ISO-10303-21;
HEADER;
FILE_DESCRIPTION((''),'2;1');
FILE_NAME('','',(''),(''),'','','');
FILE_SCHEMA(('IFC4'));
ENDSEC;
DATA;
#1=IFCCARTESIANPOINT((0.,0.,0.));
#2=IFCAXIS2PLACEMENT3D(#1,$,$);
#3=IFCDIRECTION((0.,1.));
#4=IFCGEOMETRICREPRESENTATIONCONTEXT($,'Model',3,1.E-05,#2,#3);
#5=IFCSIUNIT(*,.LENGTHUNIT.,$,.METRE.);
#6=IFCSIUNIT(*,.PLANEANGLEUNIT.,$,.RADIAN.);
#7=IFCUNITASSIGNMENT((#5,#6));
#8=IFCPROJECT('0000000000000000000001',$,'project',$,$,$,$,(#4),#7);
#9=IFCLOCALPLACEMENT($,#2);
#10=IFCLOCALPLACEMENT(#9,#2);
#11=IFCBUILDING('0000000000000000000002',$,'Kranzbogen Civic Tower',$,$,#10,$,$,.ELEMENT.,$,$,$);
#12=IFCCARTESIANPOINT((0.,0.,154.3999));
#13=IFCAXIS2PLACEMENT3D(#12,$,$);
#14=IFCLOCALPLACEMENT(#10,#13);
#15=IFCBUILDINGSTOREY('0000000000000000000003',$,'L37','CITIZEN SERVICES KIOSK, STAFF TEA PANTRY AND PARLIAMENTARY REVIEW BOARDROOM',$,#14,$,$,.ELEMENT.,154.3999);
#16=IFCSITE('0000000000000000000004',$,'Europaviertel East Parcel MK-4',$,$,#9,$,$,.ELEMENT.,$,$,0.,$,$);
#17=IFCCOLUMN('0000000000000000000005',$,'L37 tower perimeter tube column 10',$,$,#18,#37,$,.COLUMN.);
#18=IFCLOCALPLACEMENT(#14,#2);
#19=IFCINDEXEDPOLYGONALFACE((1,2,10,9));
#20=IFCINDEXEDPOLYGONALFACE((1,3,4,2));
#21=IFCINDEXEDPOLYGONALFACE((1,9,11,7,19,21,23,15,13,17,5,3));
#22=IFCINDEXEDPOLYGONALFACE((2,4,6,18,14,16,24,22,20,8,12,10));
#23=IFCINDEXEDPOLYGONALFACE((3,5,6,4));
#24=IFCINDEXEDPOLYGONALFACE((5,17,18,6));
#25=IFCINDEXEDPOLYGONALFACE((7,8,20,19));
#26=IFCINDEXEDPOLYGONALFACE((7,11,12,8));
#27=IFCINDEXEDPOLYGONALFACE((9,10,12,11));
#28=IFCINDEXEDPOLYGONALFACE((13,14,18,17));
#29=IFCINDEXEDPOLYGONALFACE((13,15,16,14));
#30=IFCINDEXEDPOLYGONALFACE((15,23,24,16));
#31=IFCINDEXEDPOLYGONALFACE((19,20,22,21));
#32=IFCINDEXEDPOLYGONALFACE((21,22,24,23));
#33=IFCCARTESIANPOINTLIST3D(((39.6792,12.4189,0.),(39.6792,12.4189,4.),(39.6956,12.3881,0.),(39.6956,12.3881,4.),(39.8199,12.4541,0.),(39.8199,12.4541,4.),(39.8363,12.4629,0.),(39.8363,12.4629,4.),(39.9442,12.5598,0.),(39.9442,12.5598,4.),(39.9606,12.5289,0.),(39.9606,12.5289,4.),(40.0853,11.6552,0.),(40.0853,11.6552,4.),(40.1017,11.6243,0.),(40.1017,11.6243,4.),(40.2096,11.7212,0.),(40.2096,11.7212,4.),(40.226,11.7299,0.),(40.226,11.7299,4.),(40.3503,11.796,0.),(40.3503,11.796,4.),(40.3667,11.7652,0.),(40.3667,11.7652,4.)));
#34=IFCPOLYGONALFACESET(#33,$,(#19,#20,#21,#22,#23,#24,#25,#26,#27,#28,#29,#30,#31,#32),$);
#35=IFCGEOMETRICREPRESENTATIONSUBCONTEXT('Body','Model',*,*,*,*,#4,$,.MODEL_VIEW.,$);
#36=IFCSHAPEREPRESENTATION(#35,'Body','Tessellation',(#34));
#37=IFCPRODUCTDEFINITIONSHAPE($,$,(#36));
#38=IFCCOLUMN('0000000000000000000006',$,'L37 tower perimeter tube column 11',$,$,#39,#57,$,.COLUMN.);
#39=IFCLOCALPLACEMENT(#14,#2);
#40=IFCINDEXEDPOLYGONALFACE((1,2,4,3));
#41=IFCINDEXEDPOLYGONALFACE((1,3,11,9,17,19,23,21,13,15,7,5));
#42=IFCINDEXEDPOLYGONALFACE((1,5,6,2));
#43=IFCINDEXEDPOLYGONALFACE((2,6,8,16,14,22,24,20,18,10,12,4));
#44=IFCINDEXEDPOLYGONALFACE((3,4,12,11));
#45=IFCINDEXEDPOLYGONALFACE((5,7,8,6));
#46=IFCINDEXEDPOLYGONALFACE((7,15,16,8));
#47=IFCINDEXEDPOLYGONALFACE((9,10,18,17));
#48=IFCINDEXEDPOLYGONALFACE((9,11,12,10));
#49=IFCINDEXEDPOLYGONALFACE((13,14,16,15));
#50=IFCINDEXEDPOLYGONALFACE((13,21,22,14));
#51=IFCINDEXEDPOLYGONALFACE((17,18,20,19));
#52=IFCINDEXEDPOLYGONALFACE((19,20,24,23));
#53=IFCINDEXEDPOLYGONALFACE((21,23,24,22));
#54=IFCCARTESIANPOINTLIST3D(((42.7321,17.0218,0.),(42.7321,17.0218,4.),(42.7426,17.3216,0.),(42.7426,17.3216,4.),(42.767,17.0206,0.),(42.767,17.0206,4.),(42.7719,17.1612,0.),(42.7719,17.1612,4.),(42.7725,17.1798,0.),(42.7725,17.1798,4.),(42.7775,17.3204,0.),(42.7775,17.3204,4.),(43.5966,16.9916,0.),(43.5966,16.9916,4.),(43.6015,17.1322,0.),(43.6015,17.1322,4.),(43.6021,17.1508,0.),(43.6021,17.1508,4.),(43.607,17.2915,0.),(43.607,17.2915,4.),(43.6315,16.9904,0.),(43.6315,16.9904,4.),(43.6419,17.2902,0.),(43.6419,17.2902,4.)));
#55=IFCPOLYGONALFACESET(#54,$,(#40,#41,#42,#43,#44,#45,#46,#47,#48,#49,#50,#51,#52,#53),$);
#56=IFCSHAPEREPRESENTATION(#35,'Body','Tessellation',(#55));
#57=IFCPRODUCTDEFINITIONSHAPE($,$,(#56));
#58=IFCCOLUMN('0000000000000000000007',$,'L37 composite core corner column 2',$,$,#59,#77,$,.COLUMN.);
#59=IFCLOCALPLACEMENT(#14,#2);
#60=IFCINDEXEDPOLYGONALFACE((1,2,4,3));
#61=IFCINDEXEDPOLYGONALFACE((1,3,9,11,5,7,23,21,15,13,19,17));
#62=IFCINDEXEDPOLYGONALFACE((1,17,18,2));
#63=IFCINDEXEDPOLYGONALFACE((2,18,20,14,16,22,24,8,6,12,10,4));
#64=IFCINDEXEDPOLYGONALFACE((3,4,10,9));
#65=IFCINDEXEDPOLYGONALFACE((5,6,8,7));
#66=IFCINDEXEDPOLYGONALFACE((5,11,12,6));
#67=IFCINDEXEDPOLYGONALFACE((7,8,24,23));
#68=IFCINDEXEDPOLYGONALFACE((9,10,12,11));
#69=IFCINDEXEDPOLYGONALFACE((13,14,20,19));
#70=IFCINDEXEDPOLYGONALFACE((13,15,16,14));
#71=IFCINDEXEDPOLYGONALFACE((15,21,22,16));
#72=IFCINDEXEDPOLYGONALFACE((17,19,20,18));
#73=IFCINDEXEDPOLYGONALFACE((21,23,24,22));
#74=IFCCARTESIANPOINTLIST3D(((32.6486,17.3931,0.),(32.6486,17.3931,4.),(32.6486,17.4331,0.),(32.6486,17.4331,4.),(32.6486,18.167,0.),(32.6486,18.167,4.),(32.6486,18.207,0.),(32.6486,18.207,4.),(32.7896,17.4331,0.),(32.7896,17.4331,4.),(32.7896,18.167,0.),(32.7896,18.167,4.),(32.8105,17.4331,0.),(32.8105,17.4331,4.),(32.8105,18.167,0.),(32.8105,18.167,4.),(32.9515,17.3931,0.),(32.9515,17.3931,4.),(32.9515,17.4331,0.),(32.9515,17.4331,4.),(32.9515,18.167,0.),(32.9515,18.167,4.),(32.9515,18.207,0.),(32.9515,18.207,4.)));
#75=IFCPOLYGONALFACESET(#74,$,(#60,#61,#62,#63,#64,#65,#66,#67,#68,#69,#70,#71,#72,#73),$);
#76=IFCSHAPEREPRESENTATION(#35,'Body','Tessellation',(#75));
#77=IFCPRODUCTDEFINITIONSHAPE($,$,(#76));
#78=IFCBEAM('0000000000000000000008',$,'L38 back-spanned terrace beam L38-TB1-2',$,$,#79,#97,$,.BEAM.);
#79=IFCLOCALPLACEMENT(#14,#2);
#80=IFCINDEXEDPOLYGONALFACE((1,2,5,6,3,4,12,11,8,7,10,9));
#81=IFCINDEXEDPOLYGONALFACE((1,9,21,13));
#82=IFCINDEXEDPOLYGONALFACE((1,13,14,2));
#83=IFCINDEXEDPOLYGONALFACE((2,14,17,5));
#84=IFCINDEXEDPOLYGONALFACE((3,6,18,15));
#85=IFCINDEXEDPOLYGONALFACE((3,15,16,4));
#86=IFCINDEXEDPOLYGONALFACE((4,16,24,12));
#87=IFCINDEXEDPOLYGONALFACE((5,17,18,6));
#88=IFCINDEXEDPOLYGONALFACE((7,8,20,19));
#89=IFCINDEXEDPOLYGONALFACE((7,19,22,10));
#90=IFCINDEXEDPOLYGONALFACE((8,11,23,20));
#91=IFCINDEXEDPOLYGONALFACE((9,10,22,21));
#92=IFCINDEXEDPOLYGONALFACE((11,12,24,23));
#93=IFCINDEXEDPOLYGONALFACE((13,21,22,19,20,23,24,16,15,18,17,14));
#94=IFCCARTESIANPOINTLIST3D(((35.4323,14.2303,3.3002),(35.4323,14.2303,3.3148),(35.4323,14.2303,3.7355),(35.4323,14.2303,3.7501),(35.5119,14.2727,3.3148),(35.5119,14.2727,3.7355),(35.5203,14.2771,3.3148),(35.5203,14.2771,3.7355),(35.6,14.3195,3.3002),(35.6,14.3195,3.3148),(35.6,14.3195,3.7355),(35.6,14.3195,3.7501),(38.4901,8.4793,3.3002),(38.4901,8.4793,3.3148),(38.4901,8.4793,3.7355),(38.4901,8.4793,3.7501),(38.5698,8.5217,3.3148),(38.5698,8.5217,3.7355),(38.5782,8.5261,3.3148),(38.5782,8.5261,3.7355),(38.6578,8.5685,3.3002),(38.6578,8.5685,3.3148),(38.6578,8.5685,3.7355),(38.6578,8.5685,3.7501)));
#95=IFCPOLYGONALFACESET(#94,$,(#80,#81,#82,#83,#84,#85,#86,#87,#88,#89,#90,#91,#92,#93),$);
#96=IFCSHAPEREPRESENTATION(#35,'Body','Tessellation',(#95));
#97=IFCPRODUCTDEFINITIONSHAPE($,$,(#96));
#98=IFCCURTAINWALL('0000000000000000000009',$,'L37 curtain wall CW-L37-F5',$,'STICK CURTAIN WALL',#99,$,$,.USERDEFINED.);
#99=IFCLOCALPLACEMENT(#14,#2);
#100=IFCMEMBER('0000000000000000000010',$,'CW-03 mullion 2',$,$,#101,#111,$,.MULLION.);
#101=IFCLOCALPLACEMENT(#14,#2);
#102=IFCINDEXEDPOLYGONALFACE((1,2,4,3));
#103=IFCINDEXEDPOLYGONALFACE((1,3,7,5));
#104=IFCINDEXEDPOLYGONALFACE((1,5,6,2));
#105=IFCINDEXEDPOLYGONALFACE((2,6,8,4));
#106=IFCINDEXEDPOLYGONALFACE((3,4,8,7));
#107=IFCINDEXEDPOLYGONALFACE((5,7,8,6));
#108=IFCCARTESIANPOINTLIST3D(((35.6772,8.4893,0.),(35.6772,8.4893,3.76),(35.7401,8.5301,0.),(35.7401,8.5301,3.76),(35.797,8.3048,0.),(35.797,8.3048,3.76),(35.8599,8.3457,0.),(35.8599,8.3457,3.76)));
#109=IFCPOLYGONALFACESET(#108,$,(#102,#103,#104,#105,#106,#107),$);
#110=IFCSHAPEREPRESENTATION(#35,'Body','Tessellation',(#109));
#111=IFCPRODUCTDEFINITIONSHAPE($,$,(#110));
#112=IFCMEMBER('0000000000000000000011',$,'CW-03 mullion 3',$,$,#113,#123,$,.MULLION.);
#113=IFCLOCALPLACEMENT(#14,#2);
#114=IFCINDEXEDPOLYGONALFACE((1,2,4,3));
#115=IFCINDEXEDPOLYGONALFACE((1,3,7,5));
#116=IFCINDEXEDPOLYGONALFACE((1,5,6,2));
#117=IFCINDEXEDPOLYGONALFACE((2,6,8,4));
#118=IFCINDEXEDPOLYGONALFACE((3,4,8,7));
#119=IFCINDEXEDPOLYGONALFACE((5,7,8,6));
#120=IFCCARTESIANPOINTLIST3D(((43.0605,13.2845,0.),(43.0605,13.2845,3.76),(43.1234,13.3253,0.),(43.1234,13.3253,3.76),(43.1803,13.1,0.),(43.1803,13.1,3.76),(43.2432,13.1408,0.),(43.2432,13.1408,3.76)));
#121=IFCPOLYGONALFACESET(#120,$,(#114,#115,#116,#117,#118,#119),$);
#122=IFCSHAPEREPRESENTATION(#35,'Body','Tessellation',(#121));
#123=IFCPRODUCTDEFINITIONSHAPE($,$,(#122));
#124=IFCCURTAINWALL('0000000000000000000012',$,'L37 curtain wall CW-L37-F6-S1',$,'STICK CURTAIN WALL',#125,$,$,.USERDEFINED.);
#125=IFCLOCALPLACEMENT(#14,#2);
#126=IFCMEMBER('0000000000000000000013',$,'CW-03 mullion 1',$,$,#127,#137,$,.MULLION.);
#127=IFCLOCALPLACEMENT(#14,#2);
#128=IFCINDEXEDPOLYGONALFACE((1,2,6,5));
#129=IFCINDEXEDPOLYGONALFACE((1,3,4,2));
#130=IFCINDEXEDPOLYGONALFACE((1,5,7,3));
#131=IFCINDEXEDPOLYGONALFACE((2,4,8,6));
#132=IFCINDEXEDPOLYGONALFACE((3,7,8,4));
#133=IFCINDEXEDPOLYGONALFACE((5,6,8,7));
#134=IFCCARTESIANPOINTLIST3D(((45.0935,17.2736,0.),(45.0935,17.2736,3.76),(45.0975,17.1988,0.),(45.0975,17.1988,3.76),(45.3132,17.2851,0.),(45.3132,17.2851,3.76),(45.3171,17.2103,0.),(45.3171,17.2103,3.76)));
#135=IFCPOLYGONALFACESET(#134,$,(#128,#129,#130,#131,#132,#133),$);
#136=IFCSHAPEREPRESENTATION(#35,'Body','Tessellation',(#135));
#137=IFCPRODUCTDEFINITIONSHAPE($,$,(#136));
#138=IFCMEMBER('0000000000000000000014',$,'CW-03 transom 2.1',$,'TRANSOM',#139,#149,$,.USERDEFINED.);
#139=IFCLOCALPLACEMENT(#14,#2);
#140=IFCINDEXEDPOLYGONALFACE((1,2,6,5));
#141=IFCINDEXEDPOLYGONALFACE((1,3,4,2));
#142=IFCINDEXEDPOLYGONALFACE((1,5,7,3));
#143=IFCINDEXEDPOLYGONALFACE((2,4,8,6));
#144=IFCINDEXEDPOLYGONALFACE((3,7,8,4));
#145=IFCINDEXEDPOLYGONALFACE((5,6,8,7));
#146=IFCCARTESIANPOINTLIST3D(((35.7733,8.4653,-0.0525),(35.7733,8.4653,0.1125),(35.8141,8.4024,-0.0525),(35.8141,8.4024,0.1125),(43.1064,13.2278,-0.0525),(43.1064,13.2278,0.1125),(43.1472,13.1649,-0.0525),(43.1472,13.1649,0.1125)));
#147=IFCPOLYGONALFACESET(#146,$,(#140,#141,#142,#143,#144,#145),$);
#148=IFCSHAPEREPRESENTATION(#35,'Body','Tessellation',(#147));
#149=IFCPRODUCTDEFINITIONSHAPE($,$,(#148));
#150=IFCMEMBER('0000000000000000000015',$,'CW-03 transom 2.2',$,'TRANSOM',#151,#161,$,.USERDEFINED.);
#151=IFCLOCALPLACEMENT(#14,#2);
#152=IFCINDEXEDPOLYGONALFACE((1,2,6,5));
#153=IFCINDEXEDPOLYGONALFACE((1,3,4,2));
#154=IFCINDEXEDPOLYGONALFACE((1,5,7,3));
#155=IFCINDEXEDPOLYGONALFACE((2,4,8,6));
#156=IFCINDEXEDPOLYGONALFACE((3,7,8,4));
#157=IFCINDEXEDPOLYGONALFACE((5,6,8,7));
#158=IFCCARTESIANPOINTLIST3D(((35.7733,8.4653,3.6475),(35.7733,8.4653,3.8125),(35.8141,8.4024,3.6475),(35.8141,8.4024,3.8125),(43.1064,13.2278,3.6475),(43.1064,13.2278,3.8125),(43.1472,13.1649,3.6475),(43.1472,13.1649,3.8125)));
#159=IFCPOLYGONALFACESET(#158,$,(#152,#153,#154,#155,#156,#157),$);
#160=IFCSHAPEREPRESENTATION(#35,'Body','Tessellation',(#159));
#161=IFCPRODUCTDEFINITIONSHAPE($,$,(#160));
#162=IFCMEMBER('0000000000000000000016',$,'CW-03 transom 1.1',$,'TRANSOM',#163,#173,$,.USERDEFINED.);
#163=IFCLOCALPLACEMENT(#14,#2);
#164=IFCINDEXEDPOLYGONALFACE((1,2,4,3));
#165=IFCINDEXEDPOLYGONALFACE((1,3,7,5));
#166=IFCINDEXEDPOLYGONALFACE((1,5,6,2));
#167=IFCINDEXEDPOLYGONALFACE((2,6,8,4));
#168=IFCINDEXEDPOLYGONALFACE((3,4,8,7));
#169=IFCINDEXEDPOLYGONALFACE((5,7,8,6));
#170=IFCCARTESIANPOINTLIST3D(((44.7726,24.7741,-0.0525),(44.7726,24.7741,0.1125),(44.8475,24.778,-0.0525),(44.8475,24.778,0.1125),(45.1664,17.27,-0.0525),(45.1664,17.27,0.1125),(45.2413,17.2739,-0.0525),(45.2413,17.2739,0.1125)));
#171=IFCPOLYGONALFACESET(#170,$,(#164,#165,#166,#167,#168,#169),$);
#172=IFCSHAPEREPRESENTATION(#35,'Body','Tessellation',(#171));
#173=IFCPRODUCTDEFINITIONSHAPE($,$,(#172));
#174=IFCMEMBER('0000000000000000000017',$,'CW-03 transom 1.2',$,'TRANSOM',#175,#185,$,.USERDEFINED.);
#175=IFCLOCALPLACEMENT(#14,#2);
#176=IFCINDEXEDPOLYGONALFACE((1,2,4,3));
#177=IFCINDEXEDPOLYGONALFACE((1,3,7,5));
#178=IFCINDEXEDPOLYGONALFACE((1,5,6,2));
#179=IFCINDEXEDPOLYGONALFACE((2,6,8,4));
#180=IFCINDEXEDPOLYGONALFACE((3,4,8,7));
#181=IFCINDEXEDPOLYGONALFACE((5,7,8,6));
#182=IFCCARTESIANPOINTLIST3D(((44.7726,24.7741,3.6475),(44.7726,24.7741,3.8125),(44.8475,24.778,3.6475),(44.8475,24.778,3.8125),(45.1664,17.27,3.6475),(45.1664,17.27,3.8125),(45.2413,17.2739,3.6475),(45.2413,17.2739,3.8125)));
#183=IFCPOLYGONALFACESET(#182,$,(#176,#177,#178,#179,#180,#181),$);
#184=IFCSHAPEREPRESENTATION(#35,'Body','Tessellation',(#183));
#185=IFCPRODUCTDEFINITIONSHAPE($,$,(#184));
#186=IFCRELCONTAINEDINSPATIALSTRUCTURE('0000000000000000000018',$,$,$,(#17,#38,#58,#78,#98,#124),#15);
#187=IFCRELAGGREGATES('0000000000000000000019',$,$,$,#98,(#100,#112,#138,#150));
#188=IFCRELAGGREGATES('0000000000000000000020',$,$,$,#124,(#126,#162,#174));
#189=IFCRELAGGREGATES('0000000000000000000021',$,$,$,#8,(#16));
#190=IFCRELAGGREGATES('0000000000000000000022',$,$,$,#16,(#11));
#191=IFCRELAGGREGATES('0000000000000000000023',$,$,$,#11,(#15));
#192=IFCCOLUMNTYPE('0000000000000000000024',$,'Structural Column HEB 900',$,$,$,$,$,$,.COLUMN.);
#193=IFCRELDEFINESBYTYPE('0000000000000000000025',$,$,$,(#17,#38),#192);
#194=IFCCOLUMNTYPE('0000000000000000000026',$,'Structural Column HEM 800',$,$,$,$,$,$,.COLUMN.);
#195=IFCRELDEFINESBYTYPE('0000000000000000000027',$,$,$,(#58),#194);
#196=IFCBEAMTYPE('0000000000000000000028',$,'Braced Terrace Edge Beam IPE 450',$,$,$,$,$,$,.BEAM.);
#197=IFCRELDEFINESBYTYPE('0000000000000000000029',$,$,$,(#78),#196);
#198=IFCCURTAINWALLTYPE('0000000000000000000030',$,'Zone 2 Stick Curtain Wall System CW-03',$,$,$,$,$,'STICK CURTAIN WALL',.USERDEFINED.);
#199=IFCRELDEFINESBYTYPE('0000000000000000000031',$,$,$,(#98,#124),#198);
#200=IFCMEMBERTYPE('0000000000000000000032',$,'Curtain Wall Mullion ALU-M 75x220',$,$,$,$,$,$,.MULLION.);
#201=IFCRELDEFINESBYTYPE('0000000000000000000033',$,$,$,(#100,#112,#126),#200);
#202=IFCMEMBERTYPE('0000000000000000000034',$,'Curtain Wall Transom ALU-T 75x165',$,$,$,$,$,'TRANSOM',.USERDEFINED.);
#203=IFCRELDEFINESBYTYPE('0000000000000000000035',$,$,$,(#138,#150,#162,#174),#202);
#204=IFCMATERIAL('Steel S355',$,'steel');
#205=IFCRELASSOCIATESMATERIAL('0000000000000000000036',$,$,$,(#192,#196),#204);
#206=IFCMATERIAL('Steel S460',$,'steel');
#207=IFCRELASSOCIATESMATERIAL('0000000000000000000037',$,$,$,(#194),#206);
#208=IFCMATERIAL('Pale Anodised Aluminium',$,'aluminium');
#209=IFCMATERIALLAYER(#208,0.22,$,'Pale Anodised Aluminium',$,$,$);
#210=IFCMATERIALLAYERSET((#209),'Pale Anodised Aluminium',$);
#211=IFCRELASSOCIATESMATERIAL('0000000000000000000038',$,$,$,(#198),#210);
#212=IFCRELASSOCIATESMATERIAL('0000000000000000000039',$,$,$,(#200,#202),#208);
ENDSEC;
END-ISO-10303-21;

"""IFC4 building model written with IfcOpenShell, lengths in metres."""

from ifc_helpers import new_model, si_unit, direction, frame, origin, origin_2d, place, context, subcontext, project, spatial, rectangle, i_section, extrude, material, layer, layer_set, material_profile, profile_set, type_object, element, aggregate, save


model = new_model("IFC4")

# Units and contexts
model_context = context("Model", 3, precision=1e-05, world=origin(), true_north=direction((0.0, 1.0)))
body_context = subcontext(model_context, "Body", "Model", "MODEL_VIEW")
ifc_project = project(units=[si_unit("LENGTHUNIT", "METRE"), si_unit("PLANEANGLEUNIT", "RADIAN")], contexts=[model_context])

# Site, building, storey
site_placement = place(None, origin())
site = spatial("IfcSite", under=ifc_project, at=site_placement, Name="Europaviertel East Parcel MK-4", CompositionType="ELEMENT", RefElevation=0.0)
building_placement = place(site_placement, origin())
building = spatial("IfcBuilding", under=site, at=building_placement, Name="Kranzbogen Civic Tower", CompositionType="ELEMENT")
storey_placement = place(building_placement, frame((0.0, 0.0, 154.3999)))
storey = spatial("IfcBuildingStorey", under=building, at=storey_placement, Name="L37", Description="CITIZEN SERVICES KIOSK, STAFF TEA PANTRY AND PARLIAMENTARY REVIEW BOARDROOM", CompositionType="ELEMENT", Elevation=154.3999)

# Columns
ifc_material_1 = material(Name="Steel S355", Category="steel")
ifc_material_profile_1 = material_profile(ifc_material_1, i_section(OverallWidth=0.3, OverallDepth=0.8999, WebThickness=0.0186, FlangeThickness=0.0349, at=origin_2d()), Name="HEB 900")
ifc_profile_set_1 = profile_set([ifc_material_profile_1], Name="Steel S355")
column_type_1 = type_object("IfcColumnType", Name="Structural Column HEB 900", PredefinedType="COLUMN", material=ifc_profile_set_1)
for number, where, z_axis, x_axis, name in (
    (1, (40.0229, 12.092, 0.0), (0.0, 0.0, 1.0), (0.882948, 0.469472, 0.0), "L37 tower perimeter tube column 10"),
    (2, (43.187, 17.156, 0.0), (0.0, 0.0, 1.0), (0.034899, 0.999391, 0.0), "L37 tower perimeter tube column 11"),
):
    element("IfcColumn", number, at=place(storey_placement, frame(where, z_axis=z_axis, x_axis=x_axis)), inside=storey, type_object=column_type_1, Name=name, PredefinedType="COLUMN", context=body_context, shape_type="SweptSolid", body=[
        extrude(i_section(OverallWidth=0.3, OverallDepth=0.8999, WebThickness=0.0186, FlangeThickness=0.0349, at=origin_2d()), origin(), (0.0, 0.0, 1.0), 4.0),
    ])
ifc_material_2 = material(Name="Steel S460", Category="steel")
ifc_material_profile_2 = material_profile(ifc_material_2, i_section(OverallWidth=0.303, OverallDepth=0.814, WebThickness=0.021, FlangeThickness=0.04, at=origin_2d()), Name="HEM 800")
ifc_profile_set_2 = profile_set([ifc_material_profile_2], Name="Steel S460")
column_type_2 = type_object("IfcColumnType", Name="Structural Column HEM 800", PredefinedType="COLUMN", material=ifc_profile_set_2)
column_placement = place(storey_placement, frame((32.8, 17.8, 0.0), z_axis=(0.0, 0.0, 1.0), x_axis=(1.0, 0.0, 0.0)))
element("IfcColumn", 3, at=column_placement, inside=storey, type_object=column_type_2, Name="L37 composite core corner column 2", PredefinedType="COLUMN", context=body_context, shape_type="SweptSolid", body=[
    extrude(i_section(OverallWidth=0.303, OverallDepth=0.814, WebThickness=0.021, FlangeThickness=0.04, at=origin_2d()), origin(), (0.0, 0.0, 1.0), 4.0),
])

# Beam
ifc_material_profile_3 = material_profile(ifc_material_1, i_section(OverallWidth=0.1899, OverallDepth=0.45, WebThickness=0.0095, FlangeThickness=0.0146, at=origin_2d()), Name="IPE 450")
ifc_profile_set_3 = profile_set([ifc_material_profile_3], Name="Steel S355")
beam_type_1 = type_object("IfcBeamType", Name="Braced Terrace Edge Beam IPE 450", PredefinedType="BEAM", material=ifc_profile_set_3)
beam_1_placement = place(storey_placement, frame((35.5161, 14.2749, 3.5251), z_axis=(0.469473, -0.882947, 0.0), x_axis=(0.882947, 0.469473, 0.0)))
element("IfcBeam", 4, at=beam_1_placement, inside=storey, type_object=beam_type_1, Name="L38 back-spanned terrace beam L38-TB1-2", PredefinedType="BEAM", context=body_context, shape_type="SweptSolid", body=[
    extrude(i_section(OverallWidth=0.1899, OverallDepth=0.45, WebThickness=0.0095, FlangeThickness=0.0146, at=origin_2d()), origin(), (0.0, 0.0, 1.0), 6.5134),
])

# Curtain wall, members
ifc_material_3 = material(Name="Pale Anodised Aluminium", Category="aluminium")
ifc_layer_1 = layer(ifc_material_3, 0.22, Name="Pale Anodised Aluminium")
ifc_layer_set_1 = layer_set([ifc_layer_1], Name="Pale Anodised Aluminium")
curtain_wall_type = type_object("IfcCurtainWallType", Name="Zone 2 Stick Curtain Wall System CW-03", ElementType="STICK CURTAIN WALL", PredefinedType="USERDEFINED", material=ifc_layer_set_1)
curtain_wall_1_placement = place(storey_placement, origin())
curtain_wall_1 = element("IfcCurtainWall", 5, at=curtain_wall_1_placement, inside=storey, type_object=curtain_wall_type, Name="L37 curtain wall CW-L37-F5", ObjectType="STICK CURTAIN WALL", PredefinedType="USERDEFINED")
ifc_material_profile_4 = material_profile(ifc_material_3, rectangle(XDim=0.075, YDim=0.22, at=origin_2d()), Name="ALU-M 75x220")
ifc_profile_set_4 = profile_set([ifc_material_profile_4], Name="Pale Anodised Aluminium")
member_type_1 = type_object("IfcMemberType", Name="Curtain Wall Mullion ALU-M 75x220", PredefinedType="MULLION", material=ifc_profile_set_4)
member_1_placement = place(storey_placement, frame((35.7686, 8.4175, 0.0), z_axis=(0.0, 0.0, 1.0), x_axis=(0.838652, 0.544668, 0.0)))
member_1 = element("IfcMember", 6, at=member_1_placement, type_object=member_type_1, Name="CW-03 mullion 2", PredefinedType="MULLION", context=body_context, shape_type="SweptSolid", body=[
    extrude(rectangle(XDim=0.075, YDim=0.22, at=origin_2d()), origin(), (0.0, 0.0, 1.0), 3.76),
])
member_2_placement = place(storey_placement, frame((43.1519, 13.2126, 0.0), z_axis=(0.0, 0.0, 1.0), x_axis=(0.838652, 0.544668, 0.0)))
member_2 = element("IfcMember", 7, at=member_2_placement, type_object=member_type_1, Name="CW-03 mullion 3", PredefinedType="MULLION", context=body_context, shape_type="SweptSolid", body=[
    extrude(rectangle(XDim=0.075, YDim=0.22, at=origin_2d()), origin(), (0.0, 0.0, 1.0), 3.76),
])

# Curtain wall, member
curtain_wall_2_placement = place(storey_placement, origin())
curtain_wall_2 = element("IfcCurtainWall", 8, at=curtain_wall_2_placement, inside=storey, type_object=curtain_wall_type, Name="L37 curtain wall CW-L37-F6-S1", ObjectType="STICK CURTAIN WALL", PredefinedType="USERDEFINED")
member_3_placement = place(storey_placement, frame((45.2053, 17.2419, 0.0), z_axis=(0.0, 0.0, 1.0), x_axis=(-0.052394, 0.998626, 0.0)))
member_3 = element("IfcMember", 9, at=member_3_placement, type_object=member_type_1, Name="CW-03 mullion 1", PredefinedType="MULLION", context=body_context, shape_type="SweptSolid", body=[
    extrude(rectangle(XDim=0.075, YDim=0.22, at=origin_2d()), origin(), (0.0, 0.0, 1.0), 3.76),
])

# Members
ifc_material_profile_5 = material_profile(ifc_material_3, rectangle(XDim=0.075, YDim=0.165, at=origin_2d()), Name="ALU-T 75x165")
ifc_profile_set_5 = profile_set([ifc_material_profile_5], Name="Pale Anodised Aluminium")
member_type_2 = type_object("IfcMemberType", Name="Curtain Wall Transom ALU-T 75x165", ElementType="TRANSOM", PredefinedType="USERDEFINED", material=ifc_profile_set_5)
member_4_placement = place(storey_placement, frame((35.7937, 8.4338, 0.03), z_axis=(0.838653, 0.544666, 0.0), x_axis=(-0.544666, 0.838653, 0.0)))
member_4 = element("IfcMember", 10, at=member_4_placement, type_object=member_type_2, Name="CW-03 transom 2.1", ObjectType="TRANSOM", PredefinedType="USERDEFINED", context=body_context, shape_type="SweptSolid", body=[
    extrude(rectangle(XDim=0.075, YDim=0.165, at=origin_2d()), origin(), (0.0, 0.0, 1.0), 8.7439),
])
member_5_placement = place(storey_placement, frame((35.7937, 8.4338, 3.73), z_axis=(0.838653, 0.544666, 0.0), x_axis=(-0.544666, 0.838653, 0.0)))
member_5 = element("IfcMember", 11, at=member_5_placement, type_object=member_type_2, Name="CW-03 transom 2.2", ObjectType="TRANSOM", PredefinedType="USERDEFINED", context=body_context, shape_type="SweptSolid", body=[
    extrude(rectangle(XDim=0.075, YDim=0.165, at=origin_2d()), origin(), (0.0, 0.0, 1.0), 8.7439),
])
member_6_placement = place(storey_placement, frame((45.2039, 17.272, 0.03), z_axis=(-0.052405, 0.998626, 0.0), x_axis=(-0.998626, -0.052405, 0.0)))
member_6 = element("IfcMember", 12, at=member_6_placement, type_object=member_type_2, Name="CW-03 transom 1.1", ObjectType="TRANSOM", PredefinedType="USERDEFINED", context=body_context, shape_type="SweptSolid", body=[
    extrude(rectangle(XDim=0.075, YDim=0.165, at=origin_2d()), origin(), (0.0, 0.0, 1.0), 7.5144),
])
member_7_placement = place(storey_placement, frame((45.2039, 17.272, 3.73), z_axis=(-0.052405, 0.998626, 0.0), x_axis=(-0.998626, -0.052405, 0.0)))
member_7 = element("IfcMember", 13, at=member_7_placement, type_object=member_type_2, Name="CW-03 transom 1.2", ObjectType="TRANSOM", PredefinedType="USERDEFINED", context=body_context, shape_type="SweptSolid", body=[
    extrude(rectangle(XDim=0.075, YDim=0.165, at=origin_2d()), origin(), (0.0, 0.0, 1.0), 7.5144),
])

aggregate(curtain_wall_1, [member_1, member_2, member_4, member_5])
aggregate(curtain_wall_2, [member_3, member_6, member_7])

save(model, "model.ifc")
